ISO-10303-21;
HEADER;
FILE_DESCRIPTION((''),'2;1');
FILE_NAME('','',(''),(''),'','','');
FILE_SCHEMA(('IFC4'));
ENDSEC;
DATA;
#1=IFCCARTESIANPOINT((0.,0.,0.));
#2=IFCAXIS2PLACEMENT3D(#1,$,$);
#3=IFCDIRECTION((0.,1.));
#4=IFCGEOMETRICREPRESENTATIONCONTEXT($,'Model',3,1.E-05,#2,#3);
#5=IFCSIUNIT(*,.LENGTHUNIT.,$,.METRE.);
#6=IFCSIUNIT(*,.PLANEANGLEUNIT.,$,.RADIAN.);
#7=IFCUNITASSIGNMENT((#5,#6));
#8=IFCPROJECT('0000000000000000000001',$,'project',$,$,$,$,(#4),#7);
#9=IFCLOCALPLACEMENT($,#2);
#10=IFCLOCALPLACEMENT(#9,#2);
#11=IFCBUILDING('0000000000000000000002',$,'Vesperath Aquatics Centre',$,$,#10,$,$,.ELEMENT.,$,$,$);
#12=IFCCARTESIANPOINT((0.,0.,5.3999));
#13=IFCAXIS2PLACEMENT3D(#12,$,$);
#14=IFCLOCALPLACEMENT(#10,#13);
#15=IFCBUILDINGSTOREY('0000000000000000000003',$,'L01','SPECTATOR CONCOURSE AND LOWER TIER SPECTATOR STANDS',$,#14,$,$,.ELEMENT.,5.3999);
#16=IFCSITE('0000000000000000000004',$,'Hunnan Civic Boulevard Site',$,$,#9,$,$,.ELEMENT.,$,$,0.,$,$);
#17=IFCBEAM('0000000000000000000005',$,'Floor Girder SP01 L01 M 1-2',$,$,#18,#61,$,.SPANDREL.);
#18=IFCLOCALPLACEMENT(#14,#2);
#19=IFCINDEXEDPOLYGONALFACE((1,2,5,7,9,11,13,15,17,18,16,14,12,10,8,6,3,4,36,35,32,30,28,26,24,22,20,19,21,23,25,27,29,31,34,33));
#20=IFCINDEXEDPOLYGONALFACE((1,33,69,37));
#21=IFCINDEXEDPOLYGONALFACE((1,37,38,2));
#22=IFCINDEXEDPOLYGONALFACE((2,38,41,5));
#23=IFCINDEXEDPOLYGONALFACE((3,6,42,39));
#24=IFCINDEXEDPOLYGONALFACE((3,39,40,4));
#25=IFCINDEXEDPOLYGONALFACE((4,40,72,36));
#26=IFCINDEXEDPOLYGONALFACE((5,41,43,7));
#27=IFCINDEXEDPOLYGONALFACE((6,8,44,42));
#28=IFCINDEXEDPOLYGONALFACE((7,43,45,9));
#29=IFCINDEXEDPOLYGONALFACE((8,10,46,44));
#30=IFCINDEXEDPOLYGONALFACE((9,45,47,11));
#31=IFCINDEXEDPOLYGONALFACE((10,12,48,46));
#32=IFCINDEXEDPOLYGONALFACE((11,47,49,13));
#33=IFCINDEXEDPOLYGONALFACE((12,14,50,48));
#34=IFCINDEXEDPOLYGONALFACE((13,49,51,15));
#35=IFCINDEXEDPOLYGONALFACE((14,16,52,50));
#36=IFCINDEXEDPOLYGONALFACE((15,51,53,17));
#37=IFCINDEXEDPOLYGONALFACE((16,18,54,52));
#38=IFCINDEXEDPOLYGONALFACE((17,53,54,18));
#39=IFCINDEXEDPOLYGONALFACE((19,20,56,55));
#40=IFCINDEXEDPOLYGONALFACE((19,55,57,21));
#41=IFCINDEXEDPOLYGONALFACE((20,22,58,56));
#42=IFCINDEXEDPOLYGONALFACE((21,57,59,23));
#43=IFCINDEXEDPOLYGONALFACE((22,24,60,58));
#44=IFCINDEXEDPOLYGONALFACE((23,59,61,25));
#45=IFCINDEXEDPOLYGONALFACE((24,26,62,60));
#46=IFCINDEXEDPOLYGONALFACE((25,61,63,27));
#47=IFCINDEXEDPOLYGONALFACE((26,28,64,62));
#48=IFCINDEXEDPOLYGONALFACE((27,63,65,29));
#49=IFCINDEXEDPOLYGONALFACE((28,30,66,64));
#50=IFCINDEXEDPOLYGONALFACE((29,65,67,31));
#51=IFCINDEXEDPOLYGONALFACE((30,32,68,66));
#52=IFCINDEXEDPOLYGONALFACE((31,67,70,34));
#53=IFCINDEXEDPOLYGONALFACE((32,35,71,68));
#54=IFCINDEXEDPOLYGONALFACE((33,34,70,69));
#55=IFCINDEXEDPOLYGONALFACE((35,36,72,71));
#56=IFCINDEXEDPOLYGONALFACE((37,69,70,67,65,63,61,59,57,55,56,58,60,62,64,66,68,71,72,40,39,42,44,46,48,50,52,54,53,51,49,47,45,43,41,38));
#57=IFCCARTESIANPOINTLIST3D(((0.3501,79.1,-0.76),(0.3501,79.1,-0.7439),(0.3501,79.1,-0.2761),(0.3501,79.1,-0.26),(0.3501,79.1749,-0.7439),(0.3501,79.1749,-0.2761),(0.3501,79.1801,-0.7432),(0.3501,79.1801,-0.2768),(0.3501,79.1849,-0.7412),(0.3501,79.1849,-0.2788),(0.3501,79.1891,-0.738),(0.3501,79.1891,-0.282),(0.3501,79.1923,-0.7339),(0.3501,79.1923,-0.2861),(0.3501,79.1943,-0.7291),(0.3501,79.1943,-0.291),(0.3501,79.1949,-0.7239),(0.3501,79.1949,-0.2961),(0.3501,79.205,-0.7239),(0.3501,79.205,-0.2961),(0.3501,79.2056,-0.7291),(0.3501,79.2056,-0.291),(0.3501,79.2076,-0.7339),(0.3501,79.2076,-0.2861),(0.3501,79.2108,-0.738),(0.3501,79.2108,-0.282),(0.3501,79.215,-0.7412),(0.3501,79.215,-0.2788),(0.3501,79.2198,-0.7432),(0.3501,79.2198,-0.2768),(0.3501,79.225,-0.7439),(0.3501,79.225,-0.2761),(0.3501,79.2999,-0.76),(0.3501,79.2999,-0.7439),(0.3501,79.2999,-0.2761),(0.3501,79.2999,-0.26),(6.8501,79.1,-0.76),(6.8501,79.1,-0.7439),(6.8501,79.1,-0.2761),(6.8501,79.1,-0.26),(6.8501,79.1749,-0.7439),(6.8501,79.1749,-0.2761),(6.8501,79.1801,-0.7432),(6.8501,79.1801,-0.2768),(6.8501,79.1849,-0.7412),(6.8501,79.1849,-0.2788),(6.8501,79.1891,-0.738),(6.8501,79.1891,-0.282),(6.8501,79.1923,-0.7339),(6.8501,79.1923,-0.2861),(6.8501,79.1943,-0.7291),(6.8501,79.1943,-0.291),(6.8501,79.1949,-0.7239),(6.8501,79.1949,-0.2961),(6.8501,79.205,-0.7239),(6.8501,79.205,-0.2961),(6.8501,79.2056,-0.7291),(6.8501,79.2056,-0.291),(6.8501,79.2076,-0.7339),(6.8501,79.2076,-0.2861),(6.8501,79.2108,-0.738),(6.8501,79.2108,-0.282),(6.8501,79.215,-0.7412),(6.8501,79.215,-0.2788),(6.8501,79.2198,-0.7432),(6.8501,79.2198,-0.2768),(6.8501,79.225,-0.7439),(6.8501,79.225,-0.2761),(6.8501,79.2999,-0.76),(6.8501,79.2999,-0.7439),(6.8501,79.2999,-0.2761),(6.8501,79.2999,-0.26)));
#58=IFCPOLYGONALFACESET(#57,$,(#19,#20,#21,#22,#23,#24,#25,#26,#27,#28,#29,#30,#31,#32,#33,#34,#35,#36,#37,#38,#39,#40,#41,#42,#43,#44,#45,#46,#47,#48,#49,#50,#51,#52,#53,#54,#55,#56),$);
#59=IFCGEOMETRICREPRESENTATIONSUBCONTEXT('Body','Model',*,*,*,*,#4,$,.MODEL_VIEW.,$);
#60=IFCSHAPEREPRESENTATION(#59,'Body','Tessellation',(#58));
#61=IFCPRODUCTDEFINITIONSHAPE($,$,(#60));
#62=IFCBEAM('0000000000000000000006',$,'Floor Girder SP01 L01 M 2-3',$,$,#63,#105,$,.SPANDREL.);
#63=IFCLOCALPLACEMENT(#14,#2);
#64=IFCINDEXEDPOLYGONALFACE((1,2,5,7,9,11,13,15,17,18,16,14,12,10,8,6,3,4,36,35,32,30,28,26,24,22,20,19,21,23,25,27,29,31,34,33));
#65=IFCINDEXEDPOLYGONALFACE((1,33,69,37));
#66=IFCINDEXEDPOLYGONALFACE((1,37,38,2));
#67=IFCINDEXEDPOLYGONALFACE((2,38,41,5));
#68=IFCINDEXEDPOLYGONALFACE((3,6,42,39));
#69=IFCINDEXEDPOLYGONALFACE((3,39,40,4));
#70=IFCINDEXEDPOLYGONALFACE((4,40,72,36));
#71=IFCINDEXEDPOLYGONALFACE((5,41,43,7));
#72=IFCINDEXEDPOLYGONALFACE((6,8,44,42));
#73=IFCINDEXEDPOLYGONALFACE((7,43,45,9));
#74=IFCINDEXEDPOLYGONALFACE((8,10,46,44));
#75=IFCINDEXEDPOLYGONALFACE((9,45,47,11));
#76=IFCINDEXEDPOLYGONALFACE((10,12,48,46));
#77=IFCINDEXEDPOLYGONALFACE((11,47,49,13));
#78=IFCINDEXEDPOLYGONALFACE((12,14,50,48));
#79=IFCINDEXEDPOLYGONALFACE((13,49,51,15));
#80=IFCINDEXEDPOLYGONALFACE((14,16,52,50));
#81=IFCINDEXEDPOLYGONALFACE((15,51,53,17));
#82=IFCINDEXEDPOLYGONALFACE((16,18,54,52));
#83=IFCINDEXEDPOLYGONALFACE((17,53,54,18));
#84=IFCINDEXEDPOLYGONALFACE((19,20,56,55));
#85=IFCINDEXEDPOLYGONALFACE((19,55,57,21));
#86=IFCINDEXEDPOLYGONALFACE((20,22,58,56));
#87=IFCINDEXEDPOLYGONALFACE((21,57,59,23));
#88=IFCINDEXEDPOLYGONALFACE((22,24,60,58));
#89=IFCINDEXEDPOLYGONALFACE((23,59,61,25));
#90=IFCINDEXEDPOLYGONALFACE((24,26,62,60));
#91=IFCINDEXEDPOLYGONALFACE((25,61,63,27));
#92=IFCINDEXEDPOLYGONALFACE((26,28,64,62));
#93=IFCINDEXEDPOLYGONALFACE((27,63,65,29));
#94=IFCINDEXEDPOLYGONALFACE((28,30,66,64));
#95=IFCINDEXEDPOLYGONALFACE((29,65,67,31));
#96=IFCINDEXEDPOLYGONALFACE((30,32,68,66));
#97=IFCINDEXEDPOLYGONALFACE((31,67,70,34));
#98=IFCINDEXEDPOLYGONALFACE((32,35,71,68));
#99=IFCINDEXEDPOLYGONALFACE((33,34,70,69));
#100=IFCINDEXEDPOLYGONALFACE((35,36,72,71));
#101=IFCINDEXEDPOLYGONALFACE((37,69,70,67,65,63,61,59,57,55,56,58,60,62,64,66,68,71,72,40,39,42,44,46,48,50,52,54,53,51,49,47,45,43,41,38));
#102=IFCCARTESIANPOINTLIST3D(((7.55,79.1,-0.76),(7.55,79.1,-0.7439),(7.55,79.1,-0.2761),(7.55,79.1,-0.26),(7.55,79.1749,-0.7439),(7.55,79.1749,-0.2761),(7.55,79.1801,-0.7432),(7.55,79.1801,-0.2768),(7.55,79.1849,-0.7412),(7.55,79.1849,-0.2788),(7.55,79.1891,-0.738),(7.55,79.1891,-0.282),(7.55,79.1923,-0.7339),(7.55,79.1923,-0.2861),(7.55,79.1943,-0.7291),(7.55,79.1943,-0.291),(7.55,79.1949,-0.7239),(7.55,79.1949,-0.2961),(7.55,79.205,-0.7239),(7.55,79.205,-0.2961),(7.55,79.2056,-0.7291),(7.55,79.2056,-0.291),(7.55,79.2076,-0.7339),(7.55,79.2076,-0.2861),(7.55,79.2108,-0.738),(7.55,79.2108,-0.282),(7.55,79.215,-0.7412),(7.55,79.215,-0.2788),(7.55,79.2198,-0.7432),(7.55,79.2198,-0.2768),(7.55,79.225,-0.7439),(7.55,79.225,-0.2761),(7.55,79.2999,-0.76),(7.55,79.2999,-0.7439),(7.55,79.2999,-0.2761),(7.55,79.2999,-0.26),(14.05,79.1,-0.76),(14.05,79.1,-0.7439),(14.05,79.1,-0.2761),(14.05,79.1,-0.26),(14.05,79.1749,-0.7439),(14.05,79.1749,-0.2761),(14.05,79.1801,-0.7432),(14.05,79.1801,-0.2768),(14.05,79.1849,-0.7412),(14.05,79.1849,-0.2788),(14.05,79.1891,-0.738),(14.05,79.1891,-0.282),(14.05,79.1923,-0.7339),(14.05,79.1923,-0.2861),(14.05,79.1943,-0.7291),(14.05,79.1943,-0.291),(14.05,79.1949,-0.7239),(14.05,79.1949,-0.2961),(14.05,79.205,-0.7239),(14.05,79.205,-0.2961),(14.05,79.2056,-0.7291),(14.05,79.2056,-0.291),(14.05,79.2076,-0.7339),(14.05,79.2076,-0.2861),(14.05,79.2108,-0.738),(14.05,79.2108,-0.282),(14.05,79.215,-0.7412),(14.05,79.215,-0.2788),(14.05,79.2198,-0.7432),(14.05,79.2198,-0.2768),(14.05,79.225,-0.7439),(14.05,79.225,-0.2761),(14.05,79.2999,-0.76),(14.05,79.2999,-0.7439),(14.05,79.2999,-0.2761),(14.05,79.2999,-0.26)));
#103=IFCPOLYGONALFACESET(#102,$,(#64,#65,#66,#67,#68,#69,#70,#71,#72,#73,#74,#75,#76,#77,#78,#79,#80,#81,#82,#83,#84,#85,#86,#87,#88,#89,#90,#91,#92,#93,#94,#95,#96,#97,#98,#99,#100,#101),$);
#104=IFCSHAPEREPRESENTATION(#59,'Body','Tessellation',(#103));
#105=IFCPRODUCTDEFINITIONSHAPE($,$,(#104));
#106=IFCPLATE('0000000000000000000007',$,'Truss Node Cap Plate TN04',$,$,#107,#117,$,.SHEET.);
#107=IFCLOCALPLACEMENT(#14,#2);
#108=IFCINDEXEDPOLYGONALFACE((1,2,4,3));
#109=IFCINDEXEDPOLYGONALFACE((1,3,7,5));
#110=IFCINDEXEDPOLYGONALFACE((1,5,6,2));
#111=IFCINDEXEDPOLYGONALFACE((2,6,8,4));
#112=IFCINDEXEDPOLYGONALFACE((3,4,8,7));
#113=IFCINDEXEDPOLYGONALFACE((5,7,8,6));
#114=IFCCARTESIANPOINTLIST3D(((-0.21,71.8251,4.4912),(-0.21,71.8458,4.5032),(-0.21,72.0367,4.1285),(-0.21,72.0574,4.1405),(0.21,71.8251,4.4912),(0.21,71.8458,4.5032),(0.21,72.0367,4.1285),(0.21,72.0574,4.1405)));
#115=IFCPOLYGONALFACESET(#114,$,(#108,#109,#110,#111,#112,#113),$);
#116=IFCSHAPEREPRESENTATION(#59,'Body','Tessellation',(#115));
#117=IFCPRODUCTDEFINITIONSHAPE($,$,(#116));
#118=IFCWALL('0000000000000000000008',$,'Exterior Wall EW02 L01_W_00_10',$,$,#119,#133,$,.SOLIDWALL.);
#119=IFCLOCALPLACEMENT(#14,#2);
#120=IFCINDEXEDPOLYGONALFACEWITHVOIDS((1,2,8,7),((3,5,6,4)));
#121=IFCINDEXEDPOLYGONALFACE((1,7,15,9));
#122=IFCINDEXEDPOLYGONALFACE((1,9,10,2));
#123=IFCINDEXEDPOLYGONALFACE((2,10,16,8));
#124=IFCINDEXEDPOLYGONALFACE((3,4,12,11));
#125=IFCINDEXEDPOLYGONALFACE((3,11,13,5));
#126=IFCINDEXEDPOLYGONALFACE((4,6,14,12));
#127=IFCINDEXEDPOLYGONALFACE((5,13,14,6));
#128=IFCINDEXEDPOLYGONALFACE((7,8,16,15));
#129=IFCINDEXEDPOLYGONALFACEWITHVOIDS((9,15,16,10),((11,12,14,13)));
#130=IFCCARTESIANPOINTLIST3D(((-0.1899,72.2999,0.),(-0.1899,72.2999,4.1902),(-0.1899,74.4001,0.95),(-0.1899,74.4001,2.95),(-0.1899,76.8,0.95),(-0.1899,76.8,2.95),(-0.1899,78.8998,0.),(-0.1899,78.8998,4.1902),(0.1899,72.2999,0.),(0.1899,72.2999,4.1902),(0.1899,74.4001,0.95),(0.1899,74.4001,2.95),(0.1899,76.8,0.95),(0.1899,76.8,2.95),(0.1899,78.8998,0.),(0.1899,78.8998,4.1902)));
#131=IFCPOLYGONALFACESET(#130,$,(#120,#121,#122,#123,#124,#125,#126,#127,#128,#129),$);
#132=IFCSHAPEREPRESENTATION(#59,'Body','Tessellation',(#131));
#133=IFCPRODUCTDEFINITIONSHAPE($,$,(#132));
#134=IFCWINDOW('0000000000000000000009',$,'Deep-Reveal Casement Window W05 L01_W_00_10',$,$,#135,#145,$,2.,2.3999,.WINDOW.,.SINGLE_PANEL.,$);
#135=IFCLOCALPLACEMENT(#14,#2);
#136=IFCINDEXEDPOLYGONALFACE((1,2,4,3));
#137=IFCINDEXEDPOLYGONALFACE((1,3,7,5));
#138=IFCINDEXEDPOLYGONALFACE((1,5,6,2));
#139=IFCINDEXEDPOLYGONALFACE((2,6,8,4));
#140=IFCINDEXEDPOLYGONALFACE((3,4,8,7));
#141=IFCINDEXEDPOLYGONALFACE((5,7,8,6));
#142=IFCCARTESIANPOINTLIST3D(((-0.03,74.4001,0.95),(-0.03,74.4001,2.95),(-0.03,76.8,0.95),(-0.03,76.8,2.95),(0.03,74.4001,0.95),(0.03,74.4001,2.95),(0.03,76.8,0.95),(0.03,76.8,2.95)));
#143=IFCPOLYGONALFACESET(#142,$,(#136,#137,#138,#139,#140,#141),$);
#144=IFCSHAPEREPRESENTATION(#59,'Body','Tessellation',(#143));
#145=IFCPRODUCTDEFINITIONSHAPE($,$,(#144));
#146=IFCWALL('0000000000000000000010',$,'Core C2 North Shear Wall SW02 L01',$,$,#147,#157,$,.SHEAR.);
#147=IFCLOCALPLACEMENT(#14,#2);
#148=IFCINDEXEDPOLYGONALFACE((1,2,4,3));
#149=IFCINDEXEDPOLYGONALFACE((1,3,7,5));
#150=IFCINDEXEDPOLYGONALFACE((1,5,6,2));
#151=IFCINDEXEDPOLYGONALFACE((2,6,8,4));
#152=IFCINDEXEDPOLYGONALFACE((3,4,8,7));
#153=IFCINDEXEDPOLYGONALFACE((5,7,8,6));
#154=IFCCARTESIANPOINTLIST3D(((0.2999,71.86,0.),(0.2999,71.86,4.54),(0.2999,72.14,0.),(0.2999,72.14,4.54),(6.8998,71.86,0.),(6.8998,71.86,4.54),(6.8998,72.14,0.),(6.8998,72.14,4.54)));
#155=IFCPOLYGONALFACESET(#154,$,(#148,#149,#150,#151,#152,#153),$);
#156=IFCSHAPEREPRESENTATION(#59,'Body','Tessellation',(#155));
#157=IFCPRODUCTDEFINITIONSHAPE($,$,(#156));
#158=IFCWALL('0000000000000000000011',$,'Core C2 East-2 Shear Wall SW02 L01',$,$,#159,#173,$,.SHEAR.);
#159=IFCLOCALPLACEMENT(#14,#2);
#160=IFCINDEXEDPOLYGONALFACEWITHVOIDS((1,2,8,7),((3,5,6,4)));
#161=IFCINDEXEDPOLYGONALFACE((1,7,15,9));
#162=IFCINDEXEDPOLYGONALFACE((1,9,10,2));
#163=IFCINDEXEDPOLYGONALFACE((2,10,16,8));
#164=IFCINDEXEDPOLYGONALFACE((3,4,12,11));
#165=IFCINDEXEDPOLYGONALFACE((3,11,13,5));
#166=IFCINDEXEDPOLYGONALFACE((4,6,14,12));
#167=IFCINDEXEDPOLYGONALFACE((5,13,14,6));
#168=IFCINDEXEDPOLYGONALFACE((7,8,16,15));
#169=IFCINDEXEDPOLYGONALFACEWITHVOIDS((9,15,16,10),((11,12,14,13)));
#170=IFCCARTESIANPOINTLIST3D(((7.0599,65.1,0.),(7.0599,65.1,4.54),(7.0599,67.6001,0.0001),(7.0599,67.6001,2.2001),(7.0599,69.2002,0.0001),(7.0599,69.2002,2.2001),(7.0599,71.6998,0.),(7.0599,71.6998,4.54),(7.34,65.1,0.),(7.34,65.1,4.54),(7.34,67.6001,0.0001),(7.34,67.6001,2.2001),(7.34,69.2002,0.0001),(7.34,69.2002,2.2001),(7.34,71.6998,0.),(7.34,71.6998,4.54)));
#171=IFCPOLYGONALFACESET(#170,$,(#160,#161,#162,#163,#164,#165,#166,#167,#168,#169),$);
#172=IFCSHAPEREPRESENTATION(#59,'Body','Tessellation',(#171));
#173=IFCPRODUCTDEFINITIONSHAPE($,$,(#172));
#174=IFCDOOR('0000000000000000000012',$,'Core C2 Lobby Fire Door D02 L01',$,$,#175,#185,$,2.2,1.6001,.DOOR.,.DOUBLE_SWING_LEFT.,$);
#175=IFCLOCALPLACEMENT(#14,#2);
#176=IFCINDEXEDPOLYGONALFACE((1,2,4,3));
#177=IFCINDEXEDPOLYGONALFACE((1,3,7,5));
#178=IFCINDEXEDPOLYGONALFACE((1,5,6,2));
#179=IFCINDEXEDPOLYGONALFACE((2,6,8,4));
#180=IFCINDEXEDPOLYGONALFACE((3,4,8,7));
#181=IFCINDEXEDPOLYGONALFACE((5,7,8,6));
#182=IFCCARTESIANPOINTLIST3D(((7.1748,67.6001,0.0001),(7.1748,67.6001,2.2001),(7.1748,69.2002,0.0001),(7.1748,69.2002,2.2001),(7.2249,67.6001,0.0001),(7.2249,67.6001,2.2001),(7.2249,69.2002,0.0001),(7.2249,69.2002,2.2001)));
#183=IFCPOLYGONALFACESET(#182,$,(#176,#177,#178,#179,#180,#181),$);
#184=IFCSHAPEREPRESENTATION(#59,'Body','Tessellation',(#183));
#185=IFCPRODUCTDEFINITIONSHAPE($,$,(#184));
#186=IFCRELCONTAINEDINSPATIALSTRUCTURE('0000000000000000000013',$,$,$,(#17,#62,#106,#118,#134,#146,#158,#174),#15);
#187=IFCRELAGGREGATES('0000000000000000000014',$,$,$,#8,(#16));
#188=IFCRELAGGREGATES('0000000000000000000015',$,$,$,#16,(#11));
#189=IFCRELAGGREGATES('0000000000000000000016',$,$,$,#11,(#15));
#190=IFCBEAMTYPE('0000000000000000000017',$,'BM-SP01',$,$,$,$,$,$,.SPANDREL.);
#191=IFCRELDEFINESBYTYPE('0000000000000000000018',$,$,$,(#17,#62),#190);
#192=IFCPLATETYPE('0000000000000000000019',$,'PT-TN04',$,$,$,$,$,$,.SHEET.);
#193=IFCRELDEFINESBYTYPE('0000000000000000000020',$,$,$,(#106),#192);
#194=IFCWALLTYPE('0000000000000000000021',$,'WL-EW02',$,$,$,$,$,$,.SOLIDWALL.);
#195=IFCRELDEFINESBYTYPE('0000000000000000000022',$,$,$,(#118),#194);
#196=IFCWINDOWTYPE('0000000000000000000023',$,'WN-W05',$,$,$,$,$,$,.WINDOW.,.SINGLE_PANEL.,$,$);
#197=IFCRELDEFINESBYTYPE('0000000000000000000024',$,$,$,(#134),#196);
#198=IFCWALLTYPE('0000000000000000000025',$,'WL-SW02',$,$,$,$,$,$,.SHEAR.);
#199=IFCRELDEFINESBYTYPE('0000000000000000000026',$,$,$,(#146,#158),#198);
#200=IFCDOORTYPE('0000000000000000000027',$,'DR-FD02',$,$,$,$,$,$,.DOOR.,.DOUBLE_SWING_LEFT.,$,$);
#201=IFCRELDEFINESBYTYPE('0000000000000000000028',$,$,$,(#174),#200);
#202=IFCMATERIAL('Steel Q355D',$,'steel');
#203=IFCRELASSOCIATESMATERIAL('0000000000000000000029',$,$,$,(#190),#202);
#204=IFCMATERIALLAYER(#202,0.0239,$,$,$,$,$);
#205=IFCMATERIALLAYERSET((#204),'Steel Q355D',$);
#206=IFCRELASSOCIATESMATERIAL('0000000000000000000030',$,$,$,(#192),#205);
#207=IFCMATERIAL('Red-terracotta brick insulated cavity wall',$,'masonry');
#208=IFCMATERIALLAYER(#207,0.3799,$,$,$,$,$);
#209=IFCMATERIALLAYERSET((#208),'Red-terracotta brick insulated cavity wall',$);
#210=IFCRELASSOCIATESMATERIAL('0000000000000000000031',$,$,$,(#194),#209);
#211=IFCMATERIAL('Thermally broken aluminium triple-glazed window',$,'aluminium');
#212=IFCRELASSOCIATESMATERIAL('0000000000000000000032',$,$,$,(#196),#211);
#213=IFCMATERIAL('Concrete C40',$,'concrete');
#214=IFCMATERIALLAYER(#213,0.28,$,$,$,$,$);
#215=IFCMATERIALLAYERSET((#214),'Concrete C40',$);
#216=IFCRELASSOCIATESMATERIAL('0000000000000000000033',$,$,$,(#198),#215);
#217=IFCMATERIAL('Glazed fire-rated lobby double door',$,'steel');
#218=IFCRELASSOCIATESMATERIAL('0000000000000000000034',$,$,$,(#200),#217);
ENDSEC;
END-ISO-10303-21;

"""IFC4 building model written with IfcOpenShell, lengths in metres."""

from ifc_helpers import new_model, si_unit, direction, frame, frame_2d, origin, origin_2d, place, context, subcontext, project, spatial, rectangle, i_section, extrude, material, layer, layer_set, material_profile, profile_set, type_object, element, fill, save


model = new_model("IFC4")

# Units and contexts
model_context = context("Model", 3, precision=1e-05, world=origin(), true_north=direction((0.0, 1.0)))
body_context = subcontext(model_context, "Body", "Model", "MODEL_VIEW")
ifc_project = project(units=[si_unit("LENGTHUNIT", "METRE"), si_unit("PLANEANGLEUNIT", "RADIAN")], contexts=[model_context])

# Site, building, storey
site_placement = place(None, origin())
site = spatial("IfcSite", under=ifc_project, at=site_placement, Name="Hunnan Civic Boulevard Site", CompositionType="ELEMENT", RefElevation=0.0)
building_placement = place(site_placement, origin())
building = spatial("IfcBuilding", under=site, at=building_placement, Name="Vesperath Aquatics Centre", CompositionType="ELEMENT")
storey_placement = place(building_placement, frame((0.0, 0.0, 5.3999)))
storey = spatial("IfcBuildingStorey", under=building, at=storey_placement, Name="L01", Description="SPECTATOR CONCOURSE AND LOWER TIER SPECTATOR STANDS", CompositionType="ELEMENT", Elevation=5.3999)

# Shared definitions
ifc_material_1 = material(Name="Concrete C40", Category="concrete")

# Beams
ifc_material_2 = material(Name="Steel Q355D", Category="steel")
ifc_material_profile_1 = material_profile(ifc_material_2, i_section(OverallWidth=0.2, OverallDepth=0.5, WebThickness=0.01, FlangeThickness=0.0161, FilletRadius=0.02, at=origin_2d()), Name="HN 500x200x10x16")
ifc_profile_set_1 = profile_set([ifc_material_profile_1], Name="Steel Q355D")
beam_type_1 = type_object("IfcBeamType", Name="BM-SP01", PredefinedType="SPANDREL", material=ifc_profile_set_1)
for number, where, z_axis, x_axis, name in (
    (1, (0.3501, 79.2, -0.51), (1.0, 0.0, 0.0), (0.0, 1.0, 0.0), "Floor Girder SP01 L01 M 1-2"),
    (2, (7.55, 79.2, -0.51), (1.0, 0.0, 0.0), (0.0, 1.0, 0.0), "Floor Girder SP01 L01 M 2-3"),
):
    element("IfcBeam", number, at=place(storey_placement, frame(where, z_axis=z_axis, x_axis=x_axis)), inside=storey, type_object=beam_type_1, Name=name, PredefinedType="SPANDREL", context=body_context, shape_type="SweptSolid", body=[
        extrude(i_section(OverallWidth=0.2, OverallDepth=0.5, WebThickness=0.01, FlangeThickness=0.0161, FilletRadius=0.02, at=origin_2d()), origin(), (0.0, 0.0, 1.0), 6.5),
    ])

# Plate
ifc_layer_1 = layer(ifc_material_2, 0.0239)
ifc_layer_set_1 = layer_set([ifc_layer_1], Name="Steel Q355D")
plate_type = type_object("IfcPlateType", Name="PT-TN04", PredefinedType="SHEET", material=ifc_layer_set_1)
plate_placement = place(storey_placement, frame((0.0, 71.9309, 4.3098), z_axis=(0.0, 0.863779, 0.503871), x_axis=(-1.0, 0.0, 0.0)))
element("IfcPlate", 3, at=plate_placement, inside=storey, type_object=plate_type, Name="Truss Node Cap Plate TN04", PredefinedType="SHEET", context=body_context, shape_type="SweptSolid", body=[
    extrude(rectangle(XDim=0.4199, YDim=0.4199, at=origin_2d()), origin(), (0.0, 0.0, 1.0), 0.0239),
])

# Wall, opening, window
ifc_material_3 = material(Name="Red-terracotta brick insulated cavity wall", Category="masonry")
ifc_layer_2 = layer(ifc_material_3, 0.3799)
ifc_layer_set_2 = layer_set([ifc_layer_2], Name="Red-terracotta brick insulated cavity wall")
wall_type_1 = type_object("IfcWallType", Name="WL-EW02", PredefinedType="SOLIDWALL", material=ifc_layer_set_2)
wall_1_placement = place(storey_placement, frame((0.0, 72.3, 0.0), z_axis=(0.0, 0.0, 1.0), x_axis=(0.0, 1.0, 0.0)))
wall_1 = element("IfcWall", 4, at=wall_1_placement, inside=storey, type_object=wall_type_1, Name="Exterior Wall EW02 L01_W_00_10", PredefinedType="SOLIDWALL", context=body_context, shape_type="SweptSolid", body=[
    extrude(rectangle(XDim=6.5999, YDim=0.3799, at=frame_2d((3.2998, 0.0))), origin(), (0.0, 0.0, 1.0), 4.1902),
])
opening_1_placement = place(wall_1_placement, frame((2.1001, 0.0, 0.95)))
opening_1 = element("IfcOpeningElement", 5, at=opening_1_placement, cuts=wall_1, PredefinedType="OPENING", context=body_context, shape_type="SweptSolid", body=[
    extrude(rectangle(XDim=2.3999, YDim=2.0, at=frame_2d((1.2, 1.0))), frame((0.0, 0.2048, 0.0), z_axis=(0.0, -1.0, 0.0), x_axis=(1.0, 0.0, 0.0)), (0.0, 0.0, 1.0), 0.4097),
])
ifc_material_4 = material(Name="Thermally broken aluminium triple-glazed window", Category="aluminium")
window_type = type_object("IfcWindowType", Name="WN-W05", PartitioningType="SINGLE_PANEL", PredefinedType="WINDOW", material=ifc_material_4)
window_placement = place(opening_1_placement, origin())
window = element("IfcWindow", 6, at=window_placement, inside=storey, type_object=window_type, Name="Deep-Reveal Casement Window W05 L01_W_00_10", OverallHeight=2.0, OverallWidth=2.3999, PartitioningType="SINGLE_PANEL", PredefinedType="WINDOW", context=body_context, shape_type="SweptSolid", body=[
    extrude(rectangle(XDim=2.3999, YDim=2.0, at=frame_2d((1.2, 1.0))), frame((0.0, 0.03, 0.0), z_axis=(0.0, -1.0, 0.0), x_axis=(1.0, 0.0, 0.0)), (0.0, 0.0, 1.0), 0.0601),
])
fill(opening_1, window)

# Wall
ifc_layer_3 = layer(ifc_material_1, 0.28)
ifc_layer_set_3 = layer_set([ifc_layer_3], Name="Concrete C40")
wall_type_2 = type_object("IfcWallType", Name="WL-SW02", PredefinedType="SHEAR", material=ifc_layer_set_3)
wall_2_placement = place(storey_placement, frame((0.3, 72.0, 0.0), z_axis=(0.0, 0.0, 1.0), x_axis=(1.0, 0.0, 0.0)))
element("IfcWall", 7, at=wall_2_placement, inside=storey, type_object=wall_type_2, Name="Core C2 North Shear Wall SW02 L01", PredefinedType="SHEAR", context=body_context, shape_type="SweptSolid", body=[
    extrude(rectangle(XDim=6.5999, YDim=0.28, at=frame_2d((3.2998, 0.0))), origin(), (0.0, 0.0, 1.0), 4.54),
])

# Wall, opening, door
wall_3_placement = place(storey_placement, frame((7.2, 65.1001, 0.0), z_axis=(0.0, 0.0, 1.0), x_axis=(0.0, 1.0, 0.0)))
wall_3 = element("IfcWall", 8, at=wall_3_placement, inside=storey, type_object=wall_type_2, Name="Core C2 East-2 Shear Wall SW02 L01", PredefinedType="SHEAR", context=body_context, shape_type="SweptSolid", body=[
    extrude(rectangle(XDim=6.5999, YDim=0.28, at=frame_2d((3.2998, 0.0))), origin(), (0.0, 0.0, 1.0), 4.54),
])
opening_2_placement = place(wall_3_placement, frame((2.5, 0.0, 0.0)))
opening_2 = element("IfcOpeningElement", 9, at=opening_2_placement, cuts=wall_3, PredefinedType="OPENING", context=body_context, shape_type="SweptSolid", body=[
    extrude(rectangle(XDim=1.6001, YDim=2.2, at=frame_2d((0.8, 1.1001))), frame((0.0, 0.1548, 0.0), z_axis=(0.0, -1.0, 0.0), x_axis=(1.0, 0.0, 0.0)), (0.0, 0.0, 1.0), 0.3098),
])
ifc_material_5 = material(Name="Glazed fire-rated lobby double door", Category="steel")
door_type = type_object("IfcDoorType", Name="DR-FD02", OperationType="DOUBLE_SWING_LEFT", PredefinedType="DOOR", material=ifc_material_5)
door_placement = place(opening_2_placement, frame((1.6001, 0.0, 0.0), z_axis=(0.0, 0.0, 1.0), x_axis=(-1.0, 0.0, 0.0)))
door = element("IfcDoor", 10, at=door_placement, inside=storey, type_object=door_type, Name="Core C2 Lobby Fire Door D02 L01", OperationType="DOUBLE_SWING_LEFT", OverallHeight=2.2, OverallWidth=1.6001, PredefinedType="DOOR", context=body_context, shape_type="SweptSolid", body=[
    extrude(rectangle(XDim=1.6001, YDim=2.2, at=frame_2d((0.8, 1.1001))), frame((0.0, 0.0249, 0.0), z_axis=(0.0, -1.0, 0.0), x_axis=(1.0, 0.0, 0.0)), (0.0, 0.0, 1.0), 0.05),
])
fill(opening_2, door)

save(model, "model.ifc")
